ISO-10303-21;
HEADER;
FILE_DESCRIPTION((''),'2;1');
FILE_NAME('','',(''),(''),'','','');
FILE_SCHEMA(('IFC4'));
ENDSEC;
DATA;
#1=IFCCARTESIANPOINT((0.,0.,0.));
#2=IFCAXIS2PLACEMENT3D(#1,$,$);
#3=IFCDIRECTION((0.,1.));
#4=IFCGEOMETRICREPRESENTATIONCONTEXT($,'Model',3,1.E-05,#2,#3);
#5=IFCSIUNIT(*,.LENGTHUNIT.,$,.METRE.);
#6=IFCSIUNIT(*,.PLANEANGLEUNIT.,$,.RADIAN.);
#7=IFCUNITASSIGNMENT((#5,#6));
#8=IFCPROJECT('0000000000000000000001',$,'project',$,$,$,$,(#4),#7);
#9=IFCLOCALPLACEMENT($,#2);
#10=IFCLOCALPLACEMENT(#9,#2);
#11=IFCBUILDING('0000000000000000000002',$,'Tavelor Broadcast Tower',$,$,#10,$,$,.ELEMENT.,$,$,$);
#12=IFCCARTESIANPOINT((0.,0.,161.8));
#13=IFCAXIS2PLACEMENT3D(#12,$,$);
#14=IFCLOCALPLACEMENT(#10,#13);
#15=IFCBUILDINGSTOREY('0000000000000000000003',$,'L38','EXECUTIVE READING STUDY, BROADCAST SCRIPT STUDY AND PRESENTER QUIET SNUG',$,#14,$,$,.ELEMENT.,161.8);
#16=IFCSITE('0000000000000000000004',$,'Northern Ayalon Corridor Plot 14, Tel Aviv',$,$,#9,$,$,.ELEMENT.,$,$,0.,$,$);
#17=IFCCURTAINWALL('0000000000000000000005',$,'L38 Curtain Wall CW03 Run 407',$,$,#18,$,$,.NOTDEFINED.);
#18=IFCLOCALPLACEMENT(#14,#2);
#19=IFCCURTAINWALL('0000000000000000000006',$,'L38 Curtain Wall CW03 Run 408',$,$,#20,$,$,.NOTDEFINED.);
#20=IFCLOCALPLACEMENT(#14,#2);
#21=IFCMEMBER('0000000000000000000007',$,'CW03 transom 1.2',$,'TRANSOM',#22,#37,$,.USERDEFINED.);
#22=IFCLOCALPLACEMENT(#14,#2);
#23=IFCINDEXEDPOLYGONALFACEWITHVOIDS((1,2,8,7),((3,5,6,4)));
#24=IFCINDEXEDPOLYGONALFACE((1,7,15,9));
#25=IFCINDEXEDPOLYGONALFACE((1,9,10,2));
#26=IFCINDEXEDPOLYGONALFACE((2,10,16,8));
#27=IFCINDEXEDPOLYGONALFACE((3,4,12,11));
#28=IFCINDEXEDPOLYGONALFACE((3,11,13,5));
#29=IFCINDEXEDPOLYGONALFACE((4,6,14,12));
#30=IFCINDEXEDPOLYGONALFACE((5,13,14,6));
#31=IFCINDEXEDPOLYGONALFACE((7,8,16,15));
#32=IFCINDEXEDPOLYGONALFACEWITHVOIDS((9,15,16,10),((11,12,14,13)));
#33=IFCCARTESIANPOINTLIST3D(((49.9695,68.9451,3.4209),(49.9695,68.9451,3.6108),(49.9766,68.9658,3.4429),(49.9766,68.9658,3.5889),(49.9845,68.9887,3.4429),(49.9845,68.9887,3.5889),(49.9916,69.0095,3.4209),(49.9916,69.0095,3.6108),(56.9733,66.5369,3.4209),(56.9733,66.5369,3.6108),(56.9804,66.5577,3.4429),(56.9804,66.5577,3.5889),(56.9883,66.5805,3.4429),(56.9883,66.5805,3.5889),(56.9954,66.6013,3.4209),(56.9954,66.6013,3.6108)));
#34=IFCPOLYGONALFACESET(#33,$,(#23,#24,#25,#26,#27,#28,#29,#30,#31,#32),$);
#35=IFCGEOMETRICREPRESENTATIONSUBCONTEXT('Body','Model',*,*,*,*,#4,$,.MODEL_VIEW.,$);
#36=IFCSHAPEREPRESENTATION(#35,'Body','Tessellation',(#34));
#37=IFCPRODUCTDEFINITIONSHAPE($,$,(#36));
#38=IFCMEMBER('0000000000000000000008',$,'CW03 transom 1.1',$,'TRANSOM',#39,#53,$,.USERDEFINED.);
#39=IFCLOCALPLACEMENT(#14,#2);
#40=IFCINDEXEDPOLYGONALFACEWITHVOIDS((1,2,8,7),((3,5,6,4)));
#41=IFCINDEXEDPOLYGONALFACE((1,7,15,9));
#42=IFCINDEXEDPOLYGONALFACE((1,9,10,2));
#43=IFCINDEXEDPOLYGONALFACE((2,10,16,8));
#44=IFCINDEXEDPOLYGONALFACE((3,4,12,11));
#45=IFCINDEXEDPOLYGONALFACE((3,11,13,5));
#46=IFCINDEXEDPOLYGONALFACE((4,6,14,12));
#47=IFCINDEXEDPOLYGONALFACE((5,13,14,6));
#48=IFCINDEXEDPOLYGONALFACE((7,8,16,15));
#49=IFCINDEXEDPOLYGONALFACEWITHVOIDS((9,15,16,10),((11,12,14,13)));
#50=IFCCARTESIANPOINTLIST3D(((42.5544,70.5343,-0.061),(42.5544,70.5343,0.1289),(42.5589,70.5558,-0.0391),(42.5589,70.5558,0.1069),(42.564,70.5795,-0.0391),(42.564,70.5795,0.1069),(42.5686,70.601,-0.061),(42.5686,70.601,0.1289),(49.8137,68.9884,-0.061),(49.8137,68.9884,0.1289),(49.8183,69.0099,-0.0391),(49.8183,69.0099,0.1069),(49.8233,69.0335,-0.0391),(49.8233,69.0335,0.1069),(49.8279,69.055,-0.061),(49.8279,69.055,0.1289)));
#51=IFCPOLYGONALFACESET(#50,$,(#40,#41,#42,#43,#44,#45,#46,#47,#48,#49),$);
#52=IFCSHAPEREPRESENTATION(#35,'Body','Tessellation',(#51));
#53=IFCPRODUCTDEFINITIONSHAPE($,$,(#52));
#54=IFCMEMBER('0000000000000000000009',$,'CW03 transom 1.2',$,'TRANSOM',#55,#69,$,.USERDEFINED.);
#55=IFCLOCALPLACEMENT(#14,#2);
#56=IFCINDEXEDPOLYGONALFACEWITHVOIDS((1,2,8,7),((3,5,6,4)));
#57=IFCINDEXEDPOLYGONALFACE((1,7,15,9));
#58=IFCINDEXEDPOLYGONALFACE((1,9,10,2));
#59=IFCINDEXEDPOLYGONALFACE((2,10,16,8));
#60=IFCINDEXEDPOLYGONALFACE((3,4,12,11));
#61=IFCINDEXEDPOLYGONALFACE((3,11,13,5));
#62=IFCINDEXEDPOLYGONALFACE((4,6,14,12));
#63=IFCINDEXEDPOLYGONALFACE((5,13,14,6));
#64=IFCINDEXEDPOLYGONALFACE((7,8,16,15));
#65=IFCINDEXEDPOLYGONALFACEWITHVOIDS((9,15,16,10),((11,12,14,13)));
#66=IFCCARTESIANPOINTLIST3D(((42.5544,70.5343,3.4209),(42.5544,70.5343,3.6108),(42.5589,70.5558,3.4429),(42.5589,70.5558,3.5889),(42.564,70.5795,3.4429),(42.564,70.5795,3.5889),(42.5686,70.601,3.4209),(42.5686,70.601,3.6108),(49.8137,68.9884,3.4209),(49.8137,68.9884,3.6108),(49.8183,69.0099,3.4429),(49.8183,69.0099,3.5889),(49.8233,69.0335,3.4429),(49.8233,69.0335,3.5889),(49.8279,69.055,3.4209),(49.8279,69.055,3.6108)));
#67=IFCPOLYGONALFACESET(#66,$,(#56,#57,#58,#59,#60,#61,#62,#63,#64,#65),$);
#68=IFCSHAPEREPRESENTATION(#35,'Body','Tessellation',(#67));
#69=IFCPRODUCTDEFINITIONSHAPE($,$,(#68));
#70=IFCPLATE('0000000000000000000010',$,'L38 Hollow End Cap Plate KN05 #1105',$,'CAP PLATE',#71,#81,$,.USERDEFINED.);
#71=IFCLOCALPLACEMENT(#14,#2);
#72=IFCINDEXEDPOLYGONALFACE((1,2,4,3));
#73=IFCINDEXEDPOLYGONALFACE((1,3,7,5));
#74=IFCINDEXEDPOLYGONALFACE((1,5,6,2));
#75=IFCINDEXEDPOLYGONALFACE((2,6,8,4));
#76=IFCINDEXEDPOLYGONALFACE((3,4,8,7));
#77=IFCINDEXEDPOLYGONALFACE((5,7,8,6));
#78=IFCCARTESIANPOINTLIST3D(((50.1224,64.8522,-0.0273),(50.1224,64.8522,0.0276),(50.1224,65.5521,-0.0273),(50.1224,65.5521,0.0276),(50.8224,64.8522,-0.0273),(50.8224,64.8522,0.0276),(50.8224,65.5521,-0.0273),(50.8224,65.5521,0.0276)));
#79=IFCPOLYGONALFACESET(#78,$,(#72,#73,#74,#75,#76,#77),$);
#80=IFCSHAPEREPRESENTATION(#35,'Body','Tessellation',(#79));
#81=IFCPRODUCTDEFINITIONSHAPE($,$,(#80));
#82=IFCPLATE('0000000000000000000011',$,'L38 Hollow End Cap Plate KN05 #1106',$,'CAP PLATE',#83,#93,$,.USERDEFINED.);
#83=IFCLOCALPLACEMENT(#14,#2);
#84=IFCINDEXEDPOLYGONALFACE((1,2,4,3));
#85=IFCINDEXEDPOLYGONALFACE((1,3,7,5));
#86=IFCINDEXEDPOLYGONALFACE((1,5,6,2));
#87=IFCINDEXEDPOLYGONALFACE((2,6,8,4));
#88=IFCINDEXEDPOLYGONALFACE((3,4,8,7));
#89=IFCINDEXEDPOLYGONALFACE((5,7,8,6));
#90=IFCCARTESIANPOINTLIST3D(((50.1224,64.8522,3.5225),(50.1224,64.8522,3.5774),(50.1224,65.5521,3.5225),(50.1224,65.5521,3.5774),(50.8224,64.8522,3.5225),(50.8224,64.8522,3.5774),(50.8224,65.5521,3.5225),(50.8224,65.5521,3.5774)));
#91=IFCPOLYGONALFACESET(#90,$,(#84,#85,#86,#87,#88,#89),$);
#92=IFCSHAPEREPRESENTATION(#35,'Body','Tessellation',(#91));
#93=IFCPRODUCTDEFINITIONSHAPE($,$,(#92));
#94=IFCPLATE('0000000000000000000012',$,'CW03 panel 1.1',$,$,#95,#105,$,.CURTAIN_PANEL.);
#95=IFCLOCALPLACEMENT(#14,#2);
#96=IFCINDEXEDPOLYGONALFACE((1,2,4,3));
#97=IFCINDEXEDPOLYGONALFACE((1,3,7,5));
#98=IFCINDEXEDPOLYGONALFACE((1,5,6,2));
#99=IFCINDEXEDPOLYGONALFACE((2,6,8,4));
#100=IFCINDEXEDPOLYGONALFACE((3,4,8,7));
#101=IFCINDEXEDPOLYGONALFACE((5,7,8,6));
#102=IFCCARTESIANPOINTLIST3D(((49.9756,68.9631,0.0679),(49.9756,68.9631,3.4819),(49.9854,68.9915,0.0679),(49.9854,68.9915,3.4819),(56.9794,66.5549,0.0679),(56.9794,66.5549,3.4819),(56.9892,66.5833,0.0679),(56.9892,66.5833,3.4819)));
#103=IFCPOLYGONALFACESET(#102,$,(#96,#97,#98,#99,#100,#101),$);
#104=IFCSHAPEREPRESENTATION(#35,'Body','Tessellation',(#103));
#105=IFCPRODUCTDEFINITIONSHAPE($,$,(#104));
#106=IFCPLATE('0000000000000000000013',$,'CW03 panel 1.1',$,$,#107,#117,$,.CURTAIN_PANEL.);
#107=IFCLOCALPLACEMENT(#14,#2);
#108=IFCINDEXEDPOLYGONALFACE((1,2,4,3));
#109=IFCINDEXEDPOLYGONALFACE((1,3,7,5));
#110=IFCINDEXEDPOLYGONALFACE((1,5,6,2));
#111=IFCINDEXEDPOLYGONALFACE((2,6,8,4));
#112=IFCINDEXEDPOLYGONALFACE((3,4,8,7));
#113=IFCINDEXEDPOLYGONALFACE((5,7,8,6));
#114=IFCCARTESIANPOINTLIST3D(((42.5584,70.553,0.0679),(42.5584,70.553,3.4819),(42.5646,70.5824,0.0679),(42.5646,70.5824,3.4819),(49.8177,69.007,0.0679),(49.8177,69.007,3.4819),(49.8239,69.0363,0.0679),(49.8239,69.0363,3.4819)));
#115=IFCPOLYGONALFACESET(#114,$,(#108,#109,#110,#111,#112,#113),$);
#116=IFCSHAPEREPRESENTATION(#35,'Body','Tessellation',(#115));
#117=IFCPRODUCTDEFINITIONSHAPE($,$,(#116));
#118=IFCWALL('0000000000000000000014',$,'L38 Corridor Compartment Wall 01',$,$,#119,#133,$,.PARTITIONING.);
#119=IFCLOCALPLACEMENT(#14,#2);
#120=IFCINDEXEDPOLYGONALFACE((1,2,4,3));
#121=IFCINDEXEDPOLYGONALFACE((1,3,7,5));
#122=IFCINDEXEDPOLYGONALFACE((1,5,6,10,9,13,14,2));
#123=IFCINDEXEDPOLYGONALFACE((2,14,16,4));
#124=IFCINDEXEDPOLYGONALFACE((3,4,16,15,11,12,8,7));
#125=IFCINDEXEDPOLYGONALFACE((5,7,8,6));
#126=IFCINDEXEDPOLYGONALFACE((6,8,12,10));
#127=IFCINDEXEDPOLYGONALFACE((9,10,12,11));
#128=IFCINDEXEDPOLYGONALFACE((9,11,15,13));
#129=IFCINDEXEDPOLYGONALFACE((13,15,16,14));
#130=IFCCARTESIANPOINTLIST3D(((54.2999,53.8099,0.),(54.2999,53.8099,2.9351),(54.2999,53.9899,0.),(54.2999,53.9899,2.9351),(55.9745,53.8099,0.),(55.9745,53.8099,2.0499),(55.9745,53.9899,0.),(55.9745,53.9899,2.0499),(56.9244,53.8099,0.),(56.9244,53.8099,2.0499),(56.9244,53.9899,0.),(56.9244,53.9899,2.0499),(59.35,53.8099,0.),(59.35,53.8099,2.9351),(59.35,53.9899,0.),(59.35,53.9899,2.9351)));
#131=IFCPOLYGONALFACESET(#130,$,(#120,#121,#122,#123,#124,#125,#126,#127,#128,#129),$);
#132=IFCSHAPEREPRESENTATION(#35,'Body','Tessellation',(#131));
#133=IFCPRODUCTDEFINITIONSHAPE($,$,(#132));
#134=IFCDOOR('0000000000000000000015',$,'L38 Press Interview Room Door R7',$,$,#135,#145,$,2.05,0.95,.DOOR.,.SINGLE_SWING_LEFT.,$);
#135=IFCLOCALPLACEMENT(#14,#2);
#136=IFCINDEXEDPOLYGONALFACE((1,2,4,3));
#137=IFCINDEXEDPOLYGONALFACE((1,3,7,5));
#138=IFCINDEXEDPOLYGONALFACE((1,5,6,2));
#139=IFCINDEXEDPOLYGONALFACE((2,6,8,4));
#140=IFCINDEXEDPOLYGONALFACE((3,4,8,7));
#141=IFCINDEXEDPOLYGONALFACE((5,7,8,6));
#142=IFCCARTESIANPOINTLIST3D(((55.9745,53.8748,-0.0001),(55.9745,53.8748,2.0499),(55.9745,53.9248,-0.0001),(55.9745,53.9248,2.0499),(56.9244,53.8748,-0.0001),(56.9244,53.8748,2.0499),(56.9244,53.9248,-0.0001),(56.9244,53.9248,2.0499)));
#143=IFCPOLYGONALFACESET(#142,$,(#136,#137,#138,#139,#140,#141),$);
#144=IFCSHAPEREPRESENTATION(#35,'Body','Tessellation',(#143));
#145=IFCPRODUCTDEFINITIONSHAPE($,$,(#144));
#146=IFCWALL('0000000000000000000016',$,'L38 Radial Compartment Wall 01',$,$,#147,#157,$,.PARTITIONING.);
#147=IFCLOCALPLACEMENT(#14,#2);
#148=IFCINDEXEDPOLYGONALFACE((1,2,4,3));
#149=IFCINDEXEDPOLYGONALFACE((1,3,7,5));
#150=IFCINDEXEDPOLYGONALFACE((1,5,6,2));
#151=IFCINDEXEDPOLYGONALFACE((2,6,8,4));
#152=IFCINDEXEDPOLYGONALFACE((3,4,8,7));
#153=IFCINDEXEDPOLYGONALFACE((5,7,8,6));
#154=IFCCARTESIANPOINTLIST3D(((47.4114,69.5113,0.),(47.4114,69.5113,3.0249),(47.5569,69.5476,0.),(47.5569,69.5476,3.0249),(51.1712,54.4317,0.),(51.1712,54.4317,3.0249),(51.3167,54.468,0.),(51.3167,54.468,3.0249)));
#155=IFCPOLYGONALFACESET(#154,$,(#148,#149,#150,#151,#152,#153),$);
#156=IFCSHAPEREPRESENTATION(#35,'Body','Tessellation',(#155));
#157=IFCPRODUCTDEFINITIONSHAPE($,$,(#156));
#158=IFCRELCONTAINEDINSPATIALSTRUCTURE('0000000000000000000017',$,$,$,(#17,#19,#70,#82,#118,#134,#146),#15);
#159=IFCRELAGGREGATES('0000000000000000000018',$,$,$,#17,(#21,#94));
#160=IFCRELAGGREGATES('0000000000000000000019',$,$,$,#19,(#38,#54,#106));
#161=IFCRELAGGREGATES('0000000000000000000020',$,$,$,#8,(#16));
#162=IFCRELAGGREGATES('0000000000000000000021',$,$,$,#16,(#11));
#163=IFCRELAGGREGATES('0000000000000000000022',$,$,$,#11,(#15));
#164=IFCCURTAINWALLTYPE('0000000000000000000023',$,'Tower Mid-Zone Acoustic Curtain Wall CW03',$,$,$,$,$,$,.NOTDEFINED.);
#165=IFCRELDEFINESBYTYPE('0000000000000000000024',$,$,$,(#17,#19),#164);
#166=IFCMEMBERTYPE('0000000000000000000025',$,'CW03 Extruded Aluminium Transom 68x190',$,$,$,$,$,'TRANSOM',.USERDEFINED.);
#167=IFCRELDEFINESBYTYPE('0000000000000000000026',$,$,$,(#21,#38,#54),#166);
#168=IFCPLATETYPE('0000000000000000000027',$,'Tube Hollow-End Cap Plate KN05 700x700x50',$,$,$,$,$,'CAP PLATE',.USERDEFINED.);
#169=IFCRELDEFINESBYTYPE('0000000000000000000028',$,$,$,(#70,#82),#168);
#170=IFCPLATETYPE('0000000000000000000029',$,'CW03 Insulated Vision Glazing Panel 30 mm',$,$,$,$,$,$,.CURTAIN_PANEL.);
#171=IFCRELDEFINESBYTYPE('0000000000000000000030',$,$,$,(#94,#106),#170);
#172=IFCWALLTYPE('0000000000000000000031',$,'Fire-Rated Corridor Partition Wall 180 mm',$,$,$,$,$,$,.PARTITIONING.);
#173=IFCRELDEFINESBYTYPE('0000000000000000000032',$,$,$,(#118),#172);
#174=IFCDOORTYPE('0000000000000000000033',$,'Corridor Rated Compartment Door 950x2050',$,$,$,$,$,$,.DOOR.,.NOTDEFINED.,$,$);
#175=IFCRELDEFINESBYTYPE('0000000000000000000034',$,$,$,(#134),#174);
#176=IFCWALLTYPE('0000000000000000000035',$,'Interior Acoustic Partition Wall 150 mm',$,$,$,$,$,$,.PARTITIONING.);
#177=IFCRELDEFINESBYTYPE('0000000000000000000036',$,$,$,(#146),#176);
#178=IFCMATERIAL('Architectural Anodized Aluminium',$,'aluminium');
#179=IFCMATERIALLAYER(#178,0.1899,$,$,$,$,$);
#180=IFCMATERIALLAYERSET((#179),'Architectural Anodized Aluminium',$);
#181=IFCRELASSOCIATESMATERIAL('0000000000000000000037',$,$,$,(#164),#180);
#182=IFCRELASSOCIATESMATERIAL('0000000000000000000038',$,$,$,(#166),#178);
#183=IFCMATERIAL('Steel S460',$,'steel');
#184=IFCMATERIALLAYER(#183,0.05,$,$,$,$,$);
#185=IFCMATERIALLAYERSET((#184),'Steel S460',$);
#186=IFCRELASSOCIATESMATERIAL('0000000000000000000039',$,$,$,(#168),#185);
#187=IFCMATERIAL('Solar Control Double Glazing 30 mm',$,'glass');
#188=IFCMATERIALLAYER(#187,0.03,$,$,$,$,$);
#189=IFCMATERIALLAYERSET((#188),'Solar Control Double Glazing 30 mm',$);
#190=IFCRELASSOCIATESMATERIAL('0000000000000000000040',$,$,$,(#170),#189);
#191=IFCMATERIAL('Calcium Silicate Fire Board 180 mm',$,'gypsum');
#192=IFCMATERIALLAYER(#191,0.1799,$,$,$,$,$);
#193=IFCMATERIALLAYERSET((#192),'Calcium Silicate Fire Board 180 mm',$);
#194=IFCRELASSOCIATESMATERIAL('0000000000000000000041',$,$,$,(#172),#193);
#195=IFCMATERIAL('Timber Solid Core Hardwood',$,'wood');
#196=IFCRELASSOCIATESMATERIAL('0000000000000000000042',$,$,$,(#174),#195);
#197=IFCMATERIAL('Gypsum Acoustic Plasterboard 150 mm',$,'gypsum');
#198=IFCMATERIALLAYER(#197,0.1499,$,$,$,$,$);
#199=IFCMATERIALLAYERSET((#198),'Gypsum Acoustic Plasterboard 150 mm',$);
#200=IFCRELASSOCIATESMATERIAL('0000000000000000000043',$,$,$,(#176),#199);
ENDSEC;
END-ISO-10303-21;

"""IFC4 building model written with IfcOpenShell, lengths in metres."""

from ifc_helpers import new_model, si_unit, direction, frame, frame_2d, origin, origin_2d, place, context, subcontext, project, spatial, rectangle, hollow_rectangle, extrude, source, transform, mapped, material, layer, layer_set, material_profile, profile_set, type_object, type_shapes, element, fill, aggregate, save


model = new_model("IFC4")

# Units and contexts
model_context = context("Model", 3, precision=1e-05, world=origin(), true_north=direction((0.0, 1.0)))
body_context = subcontext(model_context, "Body", "Model", "MODEL_VIEW")
ifc_project = project(units=[si_unit("LENGTHUNIT", "METRE"), si_unit("PLANEANGLEUNIT", "RADIAN")], contexts=[model_context])

# Site, building, storey
site_placement = place(None, origin())
site = spatial("IfcSite", under=ifc_project, at=site_placement, Name="Northern Ayalon Corridor Plot 14, Tel Aviv", CompositionType="ELEMENT", RefElevation=0.0)
building_placement = place(site_placement, origin())
building = spatial("IfcBuilding", under=site, at=building_placement, Name="Tavelor Broadcast Tower", CompositionType="ELEMENT")
storey_placement = place(building_placement, frame((0.0, 0.0, 161.8)))
storey = spatial("IfcBuildingStorey", under=building, at=storey_placement, Name="L38", Description="EXECUTIVE READING STUDY, BROADCAST SCRIPT STUDY AND PRESENTER QUIET SNUG", CompositionType="ELEMENT", Elevation=161.8)

# Shared definitions
ifc_material_1 = material(Name="Steel S460", Category="steel")

# Curtain wall
ifc_material_2 = material(Name="Architectural Anodized Aluminium", Category="aluminium")
ifc_layer_1 = layer(ifc_material_2, 0.1899)
ifc_layer_set_1 = layer_set([ifc_layer_1], Name="Architectural Anodized Aluminium")
curtain_wall_type = type_object("IfcCurtainWallType", Name="Tower Mid-Zone Acoustic Curtain Wall CW03", PredefinedType="NOTDEFINED", material=ifc_layer_set_1)
curtain_wall_1_placement = place(storey_placement, origin())
curtain_wall_1 = element("IfcCurtainWall", 1, at=curtain_wall_1_placement, inside=storey, type_object=curtain_wall_type, Name="L38 Curtain Wall CW03 Run 407", PredefinedType="NOTDEFINED")

# Curtain wall
curtain_wall_2_placement = place(storey_placement, origin())
curtain_wall_2 = element("IfcCurtainWall", 2, at=curtain_wall_2_placement, inside=storey, type_object=curtain_wall_type, Name="L38 Curtain Wall CW03 Run 408", PredefinedType="NOTDEFINED")

# Members
ifc_material_profile_1 = material_profile(ifc_material_2, hollow_rectangle(XDim=0.0681, YDim=0.1899, WallThickness=0.022, at=origin_2d()), Name="RHS 68x190x22")
ifc_profile_set_1 = profile_set([ifc_material_profile_1], Name="Architectural Anodized Aluminium")
member_type_1 = type_object("IfcMemberType", Name="CW03 Extruded Aluminium Transom 68x190", ElementType="TRANSOM", PredefinedType="USERDEFINED", material=ifc_profile_set_1)
shared_shape_1 = source(origin(), body_context, "Body", "SweptSolid", [
    extrude(hollow_rectangle(XDim=0.0681, YDim=0.1899, WallThickness=0.022, at=origin_2d()), origin(), (0.0, 0.0, 1.0), 7.4062),
])
member_1_placement = place(storey_placement, frame((56.9844, 66.5691, 3.5159), z_axis=(-0.945661, 0.325153, 0.0), x_axis=(-0.325153, -0.945661, 0.0)))
member_1 = element("IfcMember", 3, at=member_1_placement, type_object=member_type_1, Name="CW03 transom 1.2", ObjectType="TRANSOM", PredefinedType="USERDEFINED", context=body_context, shape_type="MappedRepresentation", body=[
    mapped(shared_shape_1, transform((0.0, 0.0, 0.0), scale=1.0)),
])
shared_shape_2 = source(origin(), body_context, "Body", "SweptSolid", [
    extrude(hollow_rectangle(XDim=0.0681, YDim=0.1899, WallThickness=0.022, at=origin_2d()), origin(), (0.0, 0.0, 1.0), 7.4221),
])
type_shapes(member_type_1, [shared_shape_1, shared_shape_2])
member_2_placement = place(storey_placement, frame((49.8208, 69.0217, 0.0339), z_axis=(-0.978068, 0.208284, 0.0), x_axis=(-0.208284, -0.978068, 0.0)))
member_2 = element("IfcMember", 4, at=member_2_placement, type_object=member_type_1, Name="CW03 transom 1.1", ObjectType="TRANSOM", PredefinedType="USERDEFINED", context=body_context, shape_type="MappedRepresentation", body=[
    mapped(shared_shape_2, transform((0.0, 0.0, 0.0), scale=1.0)),
])
member_3_placement = place(storey_placement, frame((49.8208, 69.0217, 3.5159), z_axis=(-0.978068, 0.208284, 0.0), x_axis=(-0.208284, -0.978068, 0.0)))
member_3 = element("IfcMember", 5, at=member_3_placement, type_object=member_type_1, Name="CW03 transom 1.2", ObjectType="TRANSOM", PredefinedType="USERDEFINED", context=body_context, shape_type="MappedRepresentation", body=[
    mapped(shared_shape_2, transform((0.0, 0.0, 0.0), scale=1.0)),
])

# Plates
ifc_layer_2 = layer(ifc_material_1, 0.05)
ifc_layer_set_2 = layer_set([ifc_layer_2], Name="Steel S460")
plate_type_1 = type_object("IfcPlateType", Name="Tube Hollow-End Cap Plate KN05 700x700x50", ElementType="CAP PLATE", PredefinedType="USERDEFINED", material=ifc_layer_set_2)
shared_shape_3 = source(origin(), body_context, "Body", "SweptSolid", [
    extrude(rectangle(XDim=0.7, YDim=0.7, at=origin_2d()), origin(), (0.0, 0.0, 1.0), 0.0549),
])
type_shapes(plate_type_1, [shared_shape_3])
for number, where, z_axis, x_axis, name in (
    (6, (50.4724, 65.2021, -0.0273), (0.0, 0.0, 1.0), (1.0, 0.0, 0.0), "L38 Hollow End Cap Plate KN05 #1105"),
    (7, (50.4724, 65.2021, 3.5225), (0.0, 0.0, 1.0), (1.0, 0.0, 0.0), "L38 Hollow End Cap Plate KN05 #1106"),
):
    element("IfcPlate", number, at=place(storey_placement, frame(where, z_axis=z_axis, x_axis=x_axis)), inside=storey, type_object=plate_type_1, Name=name, ObjectType="CAP PLATE", PredefinedType="USERDEFINED", context=body_context, shape_type="MappedRepresentation", body=[
        mapped(shared_shape_3, transform((0.0, 0.0, 0.0), scale=1.0)),
    ])

# Plates
ifc_material_3 = material(Name="Solar Control Double Glazing 30 mm", Category="glass")
ifc_layer_3 = layer(ifc_material_3, 0.03)
ifc_layer_set_3 = layer_set([ifc_layer_3], Name="Solar Control Double Glazing 30 mm")
plate_type_2 = type_object("IfcPlateType", Name="CW03 Insulated Vision Glazing Panel 30 mm", PredefinedType="CURTAIN_PANEL", material=ifc_layer_set_3)
shared_shape_4 = source(origin(), body_context, "Body", "SweptSolid", [
    extrude(rectangle(XDim=7.4062, YDim=0.03, at=origin_2d()), origin(), (0.0, 0.0, 1.0), 3.4141),
])
plate_1_placement = place(storey_placement, frame((53.4824, 67.7732, 0.0679), z_axis=(0.0, 0.0, 1.0), x_axis=(-0.945662, 0.325151, 0.0)))
plate_1 = element("IfcPlate", 8, at=plate_1_placement, type_object=plate_type_2, Name="CW03 panel 1.1", PredefinedType="CURTAIN_PANEL", context=body_context, shape_type="MappedRepresentation", body=[
    mapped(shared_shape_4, transform((0.0, 0.0, 0.0), scale=1.0)),
])
aggregate(curtain_wall_1, [member_1, plate_1])
shared_shape_5 = source(origin(), body_context, "Body", "SweptSolid", [
    extrude(rectangle(XDim=7.4221, YDim=0.03, at=origin_2d()), origin(), (0.0, 0.0, 1.0), 3.4141),
])
type_shapes(plate_type_2, [shared_shape_4, shared_shape_5])
plate_2_placement = place(storey_placement, frame((46.1912, 69.7947, 0.0679), z_axis=(0.0, 0.0, 1.0), x_axis=(-0.978064, 0.208306, 0.0)))
plate_2 = element("IfcPlate", 9, at=plate_2_placement, type_object=plate_type_2, Name="CW03 panel 1.1", PredefinedType="CURTAIN_PANEL", context=body_context, shape_type="MappedRepresentation", body=[
    mapped(shared_shape_5, transform((0.0, 0.0, 0.0), scale=1.0)),
])
aggregate(curtain_wall_2, [member_2, member_3, plate_2])

# Wall, opening, door
ifc_material_4 = material(Name="Calcium Silicate Fire Board 180 mm", Category="gypsum")
ifc_layer_4 = layer(ifc_material_4, 0.1799)
ifc_layer_set_4 = layer_set([ifc_layer_4], Name="Calcium Silicate Fire Board 180 mm")
wall_type_1 = type_object("IfcWallType", Name="Fire-Rated Corridor Partition Wall 180 mm", PredefinedType="PARTITIONING", material=ifc_layer_set_4)
wall_1_placement = place(storey_placement, frame((54.3, 53.8999, 0.0), z_axis=(0.0, 0.0, 1.0), x_axis=(1.0, 0.0, 0.0)))
wall_1 = element("IfcWall", 10, at=wall_1_placement, inside=storey, type_object=wall_type_1, Name="L38 Corridor Compartment Wall 01", PredefinedType="PARTITIONING", context=body_context, shape_type="SweptSolid", body=[
    extrude(rectangle(XDim=5.05, YDim=0.1799, at=frame_2d((2.5249, 0.0))), origin(), (0.0, 0.0, 1.0), 2.9351),
])
opening_1_placement = place(wall_1_placement, frame((1.6743, 0.0, 0.0)))
opening_1 = element("IfcOpeningElement", 11, at=opening_1_placement, cuts=wall_1, PredefinedType="OPENING", context=body_context, shape_type="SweptSolid", body=[
    extrude(rectangle(XDim=0.95, YDim=2.05, at=frame_2d((0.4751, 1.0249))), frame((0.0, 0.1001, 0.0), z_axis=(0.0, -1.0, 0.0), x_axis=(1.0, 0.0, 0.0)), (0.0, 0.0, 1.0), 0.2),
])
ifc_material_5 = material(Name="Timber Solid Core Hardwood", Category="wood")
door_type = type_object("IfcDoorType", Name="Corridor Rated Compartment Door 950x2050", OperationType="NOTDEFINED", PredefinedType="DOOR", material=ifc_material_5)
door_1_placement = place(opening_1_placement, origin())
door_1 = element("IfcDoor", 12, at=door_1_placement, inside=storey, type_object=door_type, Name="L38 Press Interview Room Door R7", OperationType="SINGLE_SWING_LEFT", OverallHeight=2.05, OverallWidth=0.95, PredefinedType="DOOR", context=body_context, shape_type="SweptSolid", body=[
    extrude(rectangle(XDim=0.95, YDim=2.05, at=frame_2d((0.4751, 1.0249))), frame((0.0, 0.0249, 0.0), z_axis=(0.0, -1.0, 0.0), x_axis=(1.0, 0.0, 0.0)), (0.0, 0.0, 1.0), 0.05),
])
fill(opening_1, door_1)

# Wall
ifc_material_6 = material(Name="Gypsum Acoustic Plasterboard 150 mm", Category="gypsum")
ifc_layer_5 = layer(ifc_material_6, 0.1499)
ifc_layer_set_5 = layer_set([ifc_layer_5], Name="Gypsum Acoustic Plasterboard 150 mm")
wall_type_2 = type_object("IfcWallType", Name="Interior Acoustic Partition Wall 150 mm", PredefinedType="PARTITIONING", material=ifc_layer_set_5)
wall_2_placement = place(storey_placement, frame((51.2439, 54.45, 0.0), z_axis=(0.0, 0.0, 1.0), x_axis=(-0.241922, 0.970296, 0.0)))
element("IfcWall", 13, at=wall_2_placement, inside=storey, type_object=wall_type_2, Name="L38 Radial Compartment Wall 01", PredefinedType="PARTITIONING", context=body_context, shape_type="SweptSolid", body=[
    extrude(rectangle(XDim=15.5413, YDim=0.1499, at=frame_2d((7.7705, 0.0))), origin(), (0.0, 0.0, 1.0), 3.0249),
])

save(model, "model.ifc")
